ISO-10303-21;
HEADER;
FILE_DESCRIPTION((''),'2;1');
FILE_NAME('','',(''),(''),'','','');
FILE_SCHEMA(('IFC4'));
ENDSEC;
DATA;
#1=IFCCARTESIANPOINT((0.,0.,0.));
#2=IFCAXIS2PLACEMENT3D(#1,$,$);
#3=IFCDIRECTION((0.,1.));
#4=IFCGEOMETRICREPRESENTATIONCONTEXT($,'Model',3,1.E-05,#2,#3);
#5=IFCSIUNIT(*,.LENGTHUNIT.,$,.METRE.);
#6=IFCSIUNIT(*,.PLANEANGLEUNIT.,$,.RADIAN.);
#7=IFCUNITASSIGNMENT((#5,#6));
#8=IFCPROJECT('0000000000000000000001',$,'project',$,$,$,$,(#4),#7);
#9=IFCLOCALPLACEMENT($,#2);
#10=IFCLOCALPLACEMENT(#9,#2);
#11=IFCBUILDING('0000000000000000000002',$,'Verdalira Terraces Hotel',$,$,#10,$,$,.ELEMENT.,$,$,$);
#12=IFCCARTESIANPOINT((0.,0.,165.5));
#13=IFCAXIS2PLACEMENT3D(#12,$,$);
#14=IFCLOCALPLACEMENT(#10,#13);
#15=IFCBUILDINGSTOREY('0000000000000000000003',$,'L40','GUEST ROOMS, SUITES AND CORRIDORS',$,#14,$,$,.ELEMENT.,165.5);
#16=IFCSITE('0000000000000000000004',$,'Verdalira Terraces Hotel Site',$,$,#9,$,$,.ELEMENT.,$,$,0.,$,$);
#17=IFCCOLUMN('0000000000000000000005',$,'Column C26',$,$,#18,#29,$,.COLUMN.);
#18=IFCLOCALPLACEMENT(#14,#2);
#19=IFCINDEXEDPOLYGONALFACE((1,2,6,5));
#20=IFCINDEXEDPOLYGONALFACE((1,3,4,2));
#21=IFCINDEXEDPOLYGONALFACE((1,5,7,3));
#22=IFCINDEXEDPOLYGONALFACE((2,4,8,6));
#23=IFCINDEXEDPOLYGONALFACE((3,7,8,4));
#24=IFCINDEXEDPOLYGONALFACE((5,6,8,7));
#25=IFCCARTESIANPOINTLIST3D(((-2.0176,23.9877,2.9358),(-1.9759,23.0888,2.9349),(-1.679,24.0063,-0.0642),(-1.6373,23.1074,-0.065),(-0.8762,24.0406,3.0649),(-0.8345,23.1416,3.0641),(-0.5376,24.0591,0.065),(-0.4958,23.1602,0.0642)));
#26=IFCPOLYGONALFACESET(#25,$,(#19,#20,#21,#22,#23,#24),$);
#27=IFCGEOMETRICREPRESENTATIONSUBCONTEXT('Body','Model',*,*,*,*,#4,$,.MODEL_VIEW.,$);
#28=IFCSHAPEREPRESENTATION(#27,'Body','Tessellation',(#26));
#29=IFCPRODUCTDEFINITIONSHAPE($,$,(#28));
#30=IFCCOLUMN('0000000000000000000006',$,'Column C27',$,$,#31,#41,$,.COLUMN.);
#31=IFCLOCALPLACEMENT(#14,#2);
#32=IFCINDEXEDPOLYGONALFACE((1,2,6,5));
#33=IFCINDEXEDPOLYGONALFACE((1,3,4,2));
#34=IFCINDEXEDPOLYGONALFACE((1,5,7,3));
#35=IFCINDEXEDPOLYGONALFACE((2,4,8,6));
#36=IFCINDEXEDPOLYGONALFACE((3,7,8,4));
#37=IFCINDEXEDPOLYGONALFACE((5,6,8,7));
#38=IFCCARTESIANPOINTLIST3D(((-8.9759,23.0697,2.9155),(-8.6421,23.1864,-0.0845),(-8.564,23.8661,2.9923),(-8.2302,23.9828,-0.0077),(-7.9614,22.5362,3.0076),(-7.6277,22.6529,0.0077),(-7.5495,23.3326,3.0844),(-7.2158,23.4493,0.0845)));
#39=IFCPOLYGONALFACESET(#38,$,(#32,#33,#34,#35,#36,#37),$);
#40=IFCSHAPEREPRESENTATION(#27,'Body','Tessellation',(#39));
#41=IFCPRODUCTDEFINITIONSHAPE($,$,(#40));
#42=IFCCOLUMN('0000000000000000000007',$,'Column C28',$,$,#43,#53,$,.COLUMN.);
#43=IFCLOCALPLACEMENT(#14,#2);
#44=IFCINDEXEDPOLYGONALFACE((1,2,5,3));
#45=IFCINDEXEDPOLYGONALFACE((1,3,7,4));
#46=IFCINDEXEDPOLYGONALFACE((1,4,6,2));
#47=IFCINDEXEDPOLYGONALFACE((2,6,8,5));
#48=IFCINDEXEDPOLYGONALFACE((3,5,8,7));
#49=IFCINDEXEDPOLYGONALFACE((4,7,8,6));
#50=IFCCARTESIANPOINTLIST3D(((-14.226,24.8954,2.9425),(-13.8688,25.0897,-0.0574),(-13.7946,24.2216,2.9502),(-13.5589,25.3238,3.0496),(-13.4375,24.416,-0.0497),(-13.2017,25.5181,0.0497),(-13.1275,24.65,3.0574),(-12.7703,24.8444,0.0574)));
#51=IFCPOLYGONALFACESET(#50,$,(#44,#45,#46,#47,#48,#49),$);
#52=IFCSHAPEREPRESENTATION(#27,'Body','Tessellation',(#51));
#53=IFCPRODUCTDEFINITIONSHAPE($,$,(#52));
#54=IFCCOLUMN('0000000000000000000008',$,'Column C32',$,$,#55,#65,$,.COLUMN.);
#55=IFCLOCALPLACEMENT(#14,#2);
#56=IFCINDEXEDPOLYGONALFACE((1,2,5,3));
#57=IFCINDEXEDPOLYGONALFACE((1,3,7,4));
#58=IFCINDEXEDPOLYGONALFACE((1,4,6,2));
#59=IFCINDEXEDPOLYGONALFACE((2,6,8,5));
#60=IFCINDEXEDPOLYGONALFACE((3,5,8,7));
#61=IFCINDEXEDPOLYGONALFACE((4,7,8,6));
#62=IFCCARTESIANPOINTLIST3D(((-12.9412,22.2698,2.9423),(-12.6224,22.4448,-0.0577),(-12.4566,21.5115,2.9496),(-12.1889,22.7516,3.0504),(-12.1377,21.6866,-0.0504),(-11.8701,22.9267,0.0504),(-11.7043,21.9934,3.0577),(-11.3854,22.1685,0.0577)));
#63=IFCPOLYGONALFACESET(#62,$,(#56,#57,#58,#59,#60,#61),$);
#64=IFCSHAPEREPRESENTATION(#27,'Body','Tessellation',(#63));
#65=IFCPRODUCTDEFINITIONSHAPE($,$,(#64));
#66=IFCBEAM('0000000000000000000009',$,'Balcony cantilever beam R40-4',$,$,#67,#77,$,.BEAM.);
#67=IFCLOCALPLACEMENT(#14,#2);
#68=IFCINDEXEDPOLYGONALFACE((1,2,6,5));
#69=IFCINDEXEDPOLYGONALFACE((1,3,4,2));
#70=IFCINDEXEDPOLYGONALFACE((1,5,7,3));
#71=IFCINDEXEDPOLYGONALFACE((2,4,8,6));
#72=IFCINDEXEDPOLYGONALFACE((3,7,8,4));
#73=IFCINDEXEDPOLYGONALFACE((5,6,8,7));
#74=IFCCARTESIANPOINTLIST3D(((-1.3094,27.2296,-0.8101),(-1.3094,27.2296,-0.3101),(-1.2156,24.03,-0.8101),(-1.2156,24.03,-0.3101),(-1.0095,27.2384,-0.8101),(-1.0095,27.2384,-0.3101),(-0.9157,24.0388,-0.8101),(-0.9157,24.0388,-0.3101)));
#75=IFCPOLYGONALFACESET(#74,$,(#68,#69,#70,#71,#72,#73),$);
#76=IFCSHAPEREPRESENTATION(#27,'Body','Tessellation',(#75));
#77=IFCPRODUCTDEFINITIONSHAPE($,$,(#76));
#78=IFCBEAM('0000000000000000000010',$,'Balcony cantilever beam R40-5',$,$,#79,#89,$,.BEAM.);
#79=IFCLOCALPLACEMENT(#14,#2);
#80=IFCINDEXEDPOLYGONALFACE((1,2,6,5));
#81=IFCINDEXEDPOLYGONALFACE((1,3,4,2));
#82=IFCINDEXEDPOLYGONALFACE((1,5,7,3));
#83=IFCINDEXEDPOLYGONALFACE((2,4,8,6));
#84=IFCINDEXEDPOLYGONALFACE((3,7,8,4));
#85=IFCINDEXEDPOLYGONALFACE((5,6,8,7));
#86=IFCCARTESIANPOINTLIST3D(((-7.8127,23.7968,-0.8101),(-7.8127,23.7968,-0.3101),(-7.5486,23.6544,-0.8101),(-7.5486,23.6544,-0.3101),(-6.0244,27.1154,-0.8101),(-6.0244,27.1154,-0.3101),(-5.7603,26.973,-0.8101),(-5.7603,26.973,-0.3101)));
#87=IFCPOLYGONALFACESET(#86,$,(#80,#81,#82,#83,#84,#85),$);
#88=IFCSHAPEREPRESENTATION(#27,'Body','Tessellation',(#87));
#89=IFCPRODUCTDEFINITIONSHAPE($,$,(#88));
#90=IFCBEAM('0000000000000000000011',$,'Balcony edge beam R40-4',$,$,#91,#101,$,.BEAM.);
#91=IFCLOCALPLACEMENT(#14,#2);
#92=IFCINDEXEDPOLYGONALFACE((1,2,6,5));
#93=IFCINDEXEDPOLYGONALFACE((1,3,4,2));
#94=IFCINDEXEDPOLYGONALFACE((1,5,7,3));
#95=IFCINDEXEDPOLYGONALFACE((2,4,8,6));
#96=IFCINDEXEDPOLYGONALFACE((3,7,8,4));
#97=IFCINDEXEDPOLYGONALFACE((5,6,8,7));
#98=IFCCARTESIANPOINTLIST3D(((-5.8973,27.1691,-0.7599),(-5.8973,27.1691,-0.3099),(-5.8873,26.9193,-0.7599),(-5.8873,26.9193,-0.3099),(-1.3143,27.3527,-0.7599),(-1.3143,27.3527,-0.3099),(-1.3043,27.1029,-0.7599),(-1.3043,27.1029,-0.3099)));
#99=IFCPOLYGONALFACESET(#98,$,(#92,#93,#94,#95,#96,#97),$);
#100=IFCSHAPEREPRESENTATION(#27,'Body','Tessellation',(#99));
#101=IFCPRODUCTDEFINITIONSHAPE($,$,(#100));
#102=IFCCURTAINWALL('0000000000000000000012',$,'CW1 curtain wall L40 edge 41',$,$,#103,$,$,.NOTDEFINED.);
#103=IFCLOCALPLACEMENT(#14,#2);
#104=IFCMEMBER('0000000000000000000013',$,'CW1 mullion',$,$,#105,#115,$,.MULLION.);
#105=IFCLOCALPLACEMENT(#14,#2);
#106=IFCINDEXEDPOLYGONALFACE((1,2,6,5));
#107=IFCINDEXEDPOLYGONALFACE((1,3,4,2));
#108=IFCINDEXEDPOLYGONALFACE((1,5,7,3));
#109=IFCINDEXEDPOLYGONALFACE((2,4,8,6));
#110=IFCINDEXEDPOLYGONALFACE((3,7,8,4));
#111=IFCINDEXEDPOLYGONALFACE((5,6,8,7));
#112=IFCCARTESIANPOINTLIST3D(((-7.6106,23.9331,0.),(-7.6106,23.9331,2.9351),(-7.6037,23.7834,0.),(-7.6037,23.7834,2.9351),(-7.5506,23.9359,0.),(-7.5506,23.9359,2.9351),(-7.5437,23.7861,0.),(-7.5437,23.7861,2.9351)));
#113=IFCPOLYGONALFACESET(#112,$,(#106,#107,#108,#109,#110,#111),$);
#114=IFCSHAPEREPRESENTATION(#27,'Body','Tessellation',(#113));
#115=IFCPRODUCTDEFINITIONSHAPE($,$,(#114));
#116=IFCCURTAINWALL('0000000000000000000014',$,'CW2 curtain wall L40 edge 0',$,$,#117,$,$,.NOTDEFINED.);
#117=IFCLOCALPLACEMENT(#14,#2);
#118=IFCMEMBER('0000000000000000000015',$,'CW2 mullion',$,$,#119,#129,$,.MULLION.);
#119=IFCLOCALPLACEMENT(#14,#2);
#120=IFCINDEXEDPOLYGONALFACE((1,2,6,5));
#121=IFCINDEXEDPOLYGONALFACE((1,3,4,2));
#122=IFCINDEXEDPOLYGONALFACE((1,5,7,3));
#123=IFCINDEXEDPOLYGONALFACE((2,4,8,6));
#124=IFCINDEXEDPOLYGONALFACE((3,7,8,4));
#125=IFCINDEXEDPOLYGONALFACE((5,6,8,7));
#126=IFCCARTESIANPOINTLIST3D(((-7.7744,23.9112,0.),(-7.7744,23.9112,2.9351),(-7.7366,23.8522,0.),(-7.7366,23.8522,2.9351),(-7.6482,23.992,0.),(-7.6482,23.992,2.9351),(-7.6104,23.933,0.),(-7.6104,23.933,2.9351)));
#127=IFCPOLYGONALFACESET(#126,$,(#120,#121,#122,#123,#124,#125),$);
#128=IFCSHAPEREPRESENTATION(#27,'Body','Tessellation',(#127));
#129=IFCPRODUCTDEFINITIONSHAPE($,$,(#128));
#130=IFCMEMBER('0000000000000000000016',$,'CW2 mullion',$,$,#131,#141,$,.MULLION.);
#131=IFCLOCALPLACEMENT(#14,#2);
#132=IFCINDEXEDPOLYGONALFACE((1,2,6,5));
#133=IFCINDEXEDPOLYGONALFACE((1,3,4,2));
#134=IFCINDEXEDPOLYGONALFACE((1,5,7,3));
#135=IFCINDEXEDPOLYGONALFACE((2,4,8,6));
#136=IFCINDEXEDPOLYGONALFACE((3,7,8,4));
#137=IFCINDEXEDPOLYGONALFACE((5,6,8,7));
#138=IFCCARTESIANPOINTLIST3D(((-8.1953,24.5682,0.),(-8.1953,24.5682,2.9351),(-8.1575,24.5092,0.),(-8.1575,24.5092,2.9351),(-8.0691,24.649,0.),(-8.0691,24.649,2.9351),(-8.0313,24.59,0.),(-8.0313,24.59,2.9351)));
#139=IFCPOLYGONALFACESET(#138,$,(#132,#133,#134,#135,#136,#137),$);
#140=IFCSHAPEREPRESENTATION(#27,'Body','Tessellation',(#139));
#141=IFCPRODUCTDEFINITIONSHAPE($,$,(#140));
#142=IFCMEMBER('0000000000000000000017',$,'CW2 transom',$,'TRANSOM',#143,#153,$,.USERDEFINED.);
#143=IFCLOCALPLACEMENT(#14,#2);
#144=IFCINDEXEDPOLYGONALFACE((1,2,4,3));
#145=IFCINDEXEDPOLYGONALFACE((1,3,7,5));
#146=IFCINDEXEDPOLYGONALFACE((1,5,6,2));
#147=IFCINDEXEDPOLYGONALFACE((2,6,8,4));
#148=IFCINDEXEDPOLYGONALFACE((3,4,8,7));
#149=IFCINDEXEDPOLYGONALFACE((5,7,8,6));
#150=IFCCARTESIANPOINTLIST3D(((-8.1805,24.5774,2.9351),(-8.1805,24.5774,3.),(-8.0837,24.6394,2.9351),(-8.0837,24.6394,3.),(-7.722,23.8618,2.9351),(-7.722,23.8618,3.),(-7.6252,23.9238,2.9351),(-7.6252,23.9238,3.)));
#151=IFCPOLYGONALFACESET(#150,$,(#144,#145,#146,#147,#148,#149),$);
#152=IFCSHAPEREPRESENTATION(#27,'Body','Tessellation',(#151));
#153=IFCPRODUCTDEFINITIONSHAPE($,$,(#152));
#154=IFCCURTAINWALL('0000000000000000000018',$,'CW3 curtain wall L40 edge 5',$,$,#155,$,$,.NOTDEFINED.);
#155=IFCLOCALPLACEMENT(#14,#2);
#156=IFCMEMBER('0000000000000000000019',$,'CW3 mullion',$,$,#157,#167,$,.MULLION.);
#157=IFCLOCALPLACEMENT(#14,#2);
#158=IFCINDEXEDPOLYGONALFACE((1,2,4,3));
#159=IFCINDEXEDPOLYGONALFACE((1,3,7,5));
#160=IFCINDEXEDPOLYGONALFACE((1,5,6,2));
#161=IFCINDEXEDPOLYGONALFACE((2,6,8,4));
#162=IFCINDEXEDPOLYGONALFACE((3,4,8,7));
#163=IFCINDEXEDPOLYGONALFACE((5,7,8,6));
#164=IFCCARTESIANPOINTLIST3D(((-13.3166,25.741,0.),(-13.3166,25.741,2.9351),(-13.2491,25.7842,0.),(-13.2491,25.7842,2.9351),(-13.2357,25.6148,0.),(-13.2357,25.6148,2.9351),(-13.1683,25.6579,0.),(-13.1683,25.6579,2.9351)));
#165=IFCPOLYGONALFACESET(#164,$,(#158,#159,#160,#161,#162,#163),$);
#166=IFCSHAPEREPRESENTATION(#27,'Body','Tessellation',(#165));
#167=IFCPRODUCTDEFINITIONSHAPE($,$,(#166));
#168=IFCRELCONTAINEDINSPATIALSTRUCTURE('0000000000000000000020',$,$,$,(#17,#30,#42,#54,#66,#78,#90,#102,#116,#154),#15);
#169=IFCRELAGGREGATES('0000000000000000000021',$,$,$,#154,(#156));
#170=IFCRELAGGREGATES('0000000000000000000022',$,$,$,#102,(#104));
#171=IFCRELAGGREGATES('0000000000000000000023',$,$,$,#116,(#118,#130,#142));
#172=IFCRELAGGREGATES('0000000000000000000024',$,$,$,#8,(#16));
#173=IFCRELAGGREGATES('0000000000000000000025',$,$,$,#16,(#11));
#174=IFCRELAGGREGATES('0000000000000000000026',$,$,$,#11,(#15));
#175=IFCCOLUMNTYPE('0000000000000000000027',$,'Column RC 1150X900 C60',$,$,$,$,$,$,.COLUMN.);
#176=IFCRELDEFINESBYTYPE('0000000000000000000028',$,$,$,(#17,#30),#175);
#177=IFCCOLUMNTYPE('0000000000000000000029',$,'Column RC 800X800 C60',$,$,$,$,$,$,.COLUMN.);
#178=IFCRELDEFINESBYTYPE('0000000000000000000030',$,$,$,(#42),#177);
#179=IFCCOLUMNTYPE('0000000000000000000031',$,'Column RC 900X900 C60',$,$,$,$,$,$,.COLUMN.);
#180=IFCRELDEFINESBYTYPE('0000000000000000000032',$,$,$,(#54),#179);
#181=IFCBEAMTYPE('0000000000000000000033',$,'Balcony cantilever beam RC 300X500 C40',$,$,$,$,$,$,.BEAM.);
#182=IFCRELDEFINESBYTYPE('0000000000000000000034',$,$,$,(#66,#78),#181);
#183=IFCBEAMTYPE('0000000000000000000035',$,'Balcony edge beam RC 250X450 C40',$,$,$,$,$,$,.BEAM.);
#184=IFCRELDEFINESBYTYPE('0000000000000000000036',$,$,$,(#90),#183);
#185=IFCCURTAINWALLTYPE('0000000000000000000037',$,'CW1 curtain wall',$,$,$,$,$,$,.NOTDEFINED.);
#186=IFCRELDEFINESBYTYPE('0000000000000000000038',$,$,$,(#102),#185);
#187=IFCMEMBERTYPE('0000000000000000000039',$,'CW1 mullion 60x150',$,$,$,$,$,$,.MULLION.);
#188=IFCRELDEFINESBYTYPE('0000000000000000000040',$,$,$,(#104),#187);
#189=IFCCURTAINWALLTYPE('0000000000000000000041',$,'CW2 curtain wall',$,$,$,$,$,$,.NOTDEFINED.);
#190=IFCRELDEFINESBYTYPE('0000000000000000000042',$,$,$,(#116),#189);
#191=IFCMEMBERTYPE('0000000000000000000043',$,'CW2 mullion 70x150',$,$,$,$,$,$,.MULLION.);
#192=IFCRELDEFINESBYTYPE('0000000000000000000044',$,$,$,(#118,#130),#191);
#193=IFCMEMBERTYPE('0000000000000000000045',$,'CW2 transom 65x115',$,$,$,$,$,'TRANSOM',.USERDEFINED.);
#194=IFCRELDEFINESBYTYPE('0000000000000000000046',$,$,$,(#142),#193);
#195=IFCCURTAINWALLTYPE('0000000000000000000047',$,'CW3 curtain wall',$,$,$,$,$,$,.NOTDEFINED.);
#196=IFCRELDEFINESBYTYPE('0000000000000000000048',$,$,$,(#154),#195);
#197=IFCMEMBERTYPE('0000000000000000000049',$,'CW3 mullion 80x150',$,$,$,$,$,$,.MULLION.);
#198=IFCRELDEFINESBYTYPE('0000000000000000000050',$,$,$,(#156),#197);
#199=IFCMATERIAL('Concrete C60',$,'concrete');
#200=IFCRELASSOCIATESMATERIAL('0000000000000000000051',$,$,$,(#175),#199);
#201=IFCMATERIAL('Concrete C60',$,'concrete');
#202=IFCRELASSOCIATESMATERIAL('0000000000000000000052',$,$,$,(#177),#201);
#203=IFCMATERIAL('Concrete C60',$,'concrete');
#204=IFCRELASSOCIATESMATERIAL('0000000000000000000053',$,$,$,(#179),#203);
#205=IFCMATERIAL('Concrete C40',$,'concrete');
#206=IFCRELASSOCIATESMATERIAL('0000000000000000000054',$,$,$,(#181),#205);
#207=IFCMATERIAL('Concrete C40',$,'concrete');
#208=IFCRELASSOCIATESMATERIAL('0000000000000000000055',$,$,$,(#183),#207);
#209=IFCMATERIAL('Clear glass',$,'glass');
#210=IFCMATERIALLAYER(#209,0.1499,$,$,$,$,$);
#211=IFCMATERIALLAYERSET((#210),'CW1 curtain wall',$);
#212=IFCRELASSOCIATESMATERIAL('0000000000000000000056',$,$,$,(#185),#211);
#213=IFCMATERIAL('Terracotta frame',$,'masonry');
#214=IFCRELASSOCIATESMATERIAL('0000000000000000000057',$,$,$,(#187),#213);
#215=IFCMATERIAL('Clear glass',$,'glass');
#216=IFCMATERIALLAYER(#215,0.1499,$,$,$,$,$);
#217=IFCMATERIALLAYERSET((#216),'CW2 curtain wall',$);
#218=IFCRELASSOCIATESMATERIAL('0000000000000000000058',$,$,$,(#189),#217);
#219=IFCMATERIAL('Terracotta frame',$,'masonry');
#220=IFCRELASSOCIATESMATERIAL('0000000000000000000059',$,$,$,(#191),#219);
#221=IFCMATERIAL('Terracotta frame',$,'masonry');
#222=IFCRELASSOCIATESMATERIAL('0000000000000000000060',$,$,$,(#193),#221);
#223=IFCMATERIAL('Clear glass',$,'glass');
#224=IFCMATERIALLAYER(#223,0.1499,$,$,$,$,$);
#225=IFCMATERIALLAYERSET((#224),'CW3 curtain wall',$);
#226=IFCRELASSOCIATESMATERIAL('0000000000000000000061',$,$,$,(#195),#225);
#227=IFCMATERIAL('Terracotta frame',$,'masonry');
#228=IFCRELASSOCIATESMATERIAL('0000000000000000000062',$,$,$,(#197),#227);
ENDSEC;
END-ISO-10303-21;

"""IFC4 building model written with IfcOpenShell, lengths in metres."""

from ifc_helpers import new_model, si_unit, direction, frame, origin, origin_2d, place, context, subcontext, project, spatial, rectangle, extrude, material, layer, layer_set, material_profile, profile_set, type_object, element, aggregate, save


model = new_model("IFC4")

# Units and contexts
model_context = context("Model", 3, precision=1e-05, world=origin(), true_north=direction((0.0, 1.0)))
body_context = subcontext(model_context, "Body", "Model", "MODEL_VIEW")
ifc_project = project(units=[si_unit("LENGTHUNIT", "METRE"), si_unit("PLANEANGLEUNIT", "RADIAN")], contexts=[model_context])

# Site, building, storey
site_placement = place(None, origin())
site = spatial("IfcSite", under=ifc_project, at=site_placement, Name="Verdalira Terraces Hotel Site", CompositionType="ELEMENT", RefElevation=0.0)
building_placement = place(site_placement, origin())
building = spatial("IfcBuilding", under=site, at=building_placement, Name="Verdalira Terraces Hotel", CompositionType="ELEMENT")
storey_placement = place(building_placement, frame((0.0, 0.0, 165.5)))
storey = spatial("IfcBuildingStorey", under=building, at=storey_placement, Name="L40", Description="GUEST ROOMS, SUITES AND CORRIDORS", CompositionType="ELEMENT", Elevation=165.5)

# Columns
ifc_material_1 = material(Name="Concrete C60", Category="concrete")
ifc_material_profile_1 = material_profile(ifc_material_1, rectangle(XDim=1.1499, YDim=0.8999, at=origin_2d()), Name="RC 1150X900")
ifc_profile_set_1 = profile_set([ifc_material_profile_1], Name="Concrete C60")
column_type_1 = type_object("IfcColumnType", Name="Column RC 1150X900 C60", PredefinedType="COLUMN", material=ifc_profile_set_1)
column_1_placement = place(storey_placement, frame((-1.0874, 23.5833, 0.0), z_axis=(-0.11216, -0.006146, 0.993671), x_axis=(-0.992609, -0.045945, -0.112324)))
element("IfcColumn", 1, at=column_1_placement, inside=storey, type_object=column_type_1, Name="Column C26", PredefinedType="COLUMN", context=body_context, shape_type="SweptSolid", body=[
    extrude(rectangle(XDim=1.1499, YDim=0.8999, at=origin_2d()), origin(), (0.0, 0.0, 1.0), 3.019),
])
column_2_placement = place(storey_placement, frame((-7.929, 23.3179, 0.0), z_axis=(-0.110482, -0.038632, 0.993127), x_axis=(0.882217, -0.46398, 0.080095)))
element("IfcColumn", 2, at=column_2_placement, inside=storey, type_object=column_type_1, Name="Column C27", PredefinedType="COLUMN", context=body_context, shape_type="SweptSolid", body=[
    extrude(rectangle(XDim=1.1499, YDim=0.8999, at=origin_2d()), origin(), (0.0, 0.0, 1.0), 3.0208),
])
ifc_material_2 = material(Name="Concrete C60", Category="concrete")
ifc_material_profile_2 = material_profile(ifc_material_2, rectangle(XDim=0.8, YDim=0.8, at=origin_2d()), Name="RC 800X800")
ifc_profile_set_2 = profile_set([ifc_material_profile_2], Name="Concrete C60")
column_type_2 = type_object("IfcColumnType", Name="Column RC 800X800 C60", PredefinedType="COLUMN", material=ifc_profile_set_2)
column_3_placement = place(storey_placement, frame((-13.3196, 24.967, 0.0), z_axis=(-0.11798, -0.064192, 0.990939), x_axis=(-0.833877, -0.535446, -0.133966)))
element("IfcColumn", 3, at=column_3_placement, inside=storey, type_object=column_type_2, Name="Column C28", PredefinedType="COLUMN", context=body_context, shape_type="SweptSolid", body=[
    extrude(rectangle(XDim=0.8, YDim=0.8, at=origin_2d()), origin(), (0.0, 0.0, 1.0), 3.0273),
])
ifc_material_3 = material(Name="Concrete C60", Category="concrete")
ifc_material_profile_3 = material_profile(ifc_material_3, rectangle(XDim=0.8999, YDim=0.8999, at=origin_2d()), Name="RC 900X900")
ifc_profile_set_3 = profile_set([ifc_material_profile_3], Name="Concrete C60")
column_type_3 = type_object("IfcColumnType", Name="Column RC 900X900 C60", PredefinedType="COLUMN", material=ifc_profile_set_3)
column_4_placement = place(storey_placement, frame((-12.0039, 22.3066, 0.0), z_axis=(-0.10551, -0.057925, 0.99273), x_axis=(-0.538536, 0.842564, -0.008074)))
element("IfcColumn", 4, at=column_4_placement, inside=storey, type_object=column_type_3, Name="Column C32", PredefinedType="COLUMN", context=body_context, shape_type="SweptSolid", body=[
    extrude(rectangle(XDim=0.8999, YDim=0.8999, at=origin_2d()), origin(), (0.0, 0.0, 1.0), 3.022),
])

# Beams
ifc_material_4 = material(Name="Concrete C40", Category="concrete")
ifc_material_profile_4 = material_profile(ifc_material_4, rectangle(XDim=0.3, YDim=0.5, at=origin_2d()), Name="RC 300X500")
ifc_profile_set_4 = profile_set([ifc_material_profile_4], Name="Concrete C40")
beam_type_1 = type_object("IfcBeamType", Name="Balcony cantilever beam RC 300X500 C40", PredefinedType="BEAM", material=ifc_profile_set_4)
beam_1_placement = place(storey_placement, frame((-1.0657, 24.0344, -0.5601), z_axis=(-0.029289, 0.999571, 0.0), x_axis=(-0.999571, -0.029289, 0.0)))
element("IfcBeam", 5, at=beam_1_placement, inside=storey, type_object=beam_type_1, Name="Balcony cantilever beam R40-4", PredefinedType="BEAM", context=body_context, shape_type="SweptSolid", body=[
    extrude(rectangle(XDim=0.3, YDim=0.5, at=origin_2d()), origin(), (0.0, 0.0, 1.0), 3.2009),
])
beam_2_placement = place(storey_placement, frame((-7.6807, 23.7256, -0.5601), z_axis=(0.474386, 0.880317, 0.0), x_axis=(-0.880317, 0.474386, 0.0)))
element("IfcBeam", 6, at=beam_2_placement, inside=storey, type_object=beam_type_1, Name="Balcony cantilever beam R40-5", PredefinedType="BEAM", context=body_context, shape_type="SweptSolid", body=[
    extrude(rectangle(XDim=0.3, YDim=0.5, at=origin_2d()), origin(), (0.0, 0.0, 1.0), 3.7698),
])
ifc_material_5 = material(Name="Concrete C40", Category="concrete")
ifc_material_profile_5 = material_profile(ifc_material_5, rectangle(XDim=0.25, YDim=0.45, at=origin_2d()), Name="RC 250X450")
ifc_profile_set_5 = profile_set([ifc_material_profile_5], Name="Concrete C40")
beam_type_2 = type_object("IfcBeamType", Name="Balcony edge beam RC 250X450 C40", PredefinedType="BEAM", material=ifc_profile_set_5)
beam_3_placement = place(storey_placement, frame((-1.3093, 27.2278, -0.5349), z_axis=(-0.999199, -0.040028, 0.0), x_axis=(0.040028, -0.999199, 0.0)))
element("IfcBeam", 7, at=beam_3_placement, inside=storey, type_object=beam_type_2, Name="Balcony edge beam R40-4", PredefinedType="BEAM", context=body_context, shape_type="SweptSolid", body=[
    extrude(rectangle(XDim=0.25, YDim=0.45, at=origin_2d()), origin(), (0.0, 0.0, 1.0), 4.5867),
])

# Curtain wall, member
ifc_material_6 = material(Name="Clear glass", Category="glass")
ifc_layer_1 = layer(ifc_material_6, 0.1499)
ifc_layer_set_1 = layer_set([ifc_layer_1], Name="CW1 curtain wall")
curtain_wall_type_1 = type_object("IfcCurtainWallType", Name="CW1 curtain wall", PredefinedType="NOTDEFINED", material=ifc_layer_set_1)
curtain_wall_1_placement = place(storey_placement, origin())
curtain_wall_1 = element("IfcCurtainWall", 8, at=curtain_wall_1_placement, inside=storey, type_object=curtain_wall_type_1, Name="CW1 curtain wall L40 edge 41", PredefinedType="NOTDEFINED")
ifc_material_7 = material(Name="Terracotta frame", Category="masonry")
ifc_material_profile_6 = material_profile(ifc_material_7, rectangle(XDim=0.0601, YDim=0.1499, at=origin_2d()), Name="MU 60x150")
ifc_profile_set_6 = profile_set([ifc_material_profile_6], Name="Terracotta frame")
member_type_1 = type_object("IfcMemberType", Name="CW1 mullion 60x150", PredefinedType="MULLION", material=ifc_profile_set_6)
member_1_placement = place(storey_placement, frame((-7.5771, 23.8596, 0.0), z_axis=(0.0, 0.0, 1.0), x_axis=(-0.998939, -0.04606, 0.0)))
member_1 = element("IfcMember", 9, at=member_1_placement, type_object=member_type_1, Name="CW1 mullion", PredefinedType="MULLION", context=body_context, shape_type="SweptSolid", body=[
    extrude(rectangle(XDim=0.0601, YDim=0.1499, at=origin_2d()), origin(), (0.0, 0.0, 1.0), 2.9351),
])

# Curtain walls, members
ifc_material_8 = material(Name="Clear glass", Category="glass")
ifc_layer_2 = layer(ifc_material_8, 0.1499)
ifc_layer_set_2 = layer_set([ifc_layer_2], Name="CW2 curtain wall")
curtain_wall_type_2 = type_object("IfcCurtainWallType", Name="CW2 curtain wall", PredefinedType="NOTDEFINED", material=ifc_layer_set_2)
curtain_wall_2_placement = place(storey_placement, origin())
curtain_wall_2 = element("IfcCurtainWall", 10, at=curtain_wall_2_placement, inside=storey, type_object=curtain_wall_type_2, Name="CW2 curtain wall L40 edge 0", PredefinedType="NOTDEFINED")
ifc_material_9 = material(Name="Terracotta frame", Category="masonry")
ifc_material_profile_7 = material_profile(ifc_material_9, rectangle(XDim=0.0701, YDim=0.1499, at=origin_2d()), Name="MU 70x150")
ifc_profile_set_7 = profile_set([ifc_material_profile_7], Name="Terracotta frame")
member_type_2 = type_object("IfcMemberType", Name="CW2 mullion 70x150", PredefinedType="MULLION", material=ifc_profile_set_7)
member_2_placement = place(storey_placement, frame((-7.6924, 23.9221, 0.0), z_axis=(0.0, 0.0, 1.0), x_axis=(-0.539359, 0.842076, 0.0)))
member_2 = element("IfcMember", 11, at=member_2_placement, type_object=member_type_2, Name="CW2 mullion", PredefinedType="MULLION", context=body_context, shape_type="SweptSolid", body=[
    extrude(rectangle(XDim=0.0701, YDim=0.1499, at=origin_2d()), origin(), (0.0, 0.0, 1.0), 2.9351),
])
member_3_placement = place(storey_placement, frame((-8.1133, 24.5791, 0.0), z_axis=(0.0, 0.0, 1.0), x_axis=(-0.539359, 0.842076, 0.0)))
member_3 = element("IfcMember", 12, at=member_3_placement, type_object=member_type_2, Name="CW2 mullion", PredefinedType="MULLION", context=body_context, shape_type="SweptSolid", body=[
    extrude(rectangle(XDim=0.0701, YDim=0.1499, at=origin_2d()), origin(), (0.0, 0.0, 1.0), 2.9351),
])
ifc_material_10 = material(Name="Terracotta frame", Category="masonry")
ifc_material_profile_8 = material_profile(ifc_material_10, rectangle(XDim=0.115, YDim=0.0649, at=origin_2d()), Name="TR 65x115")
ifc_profile_set_8 = profile_set([ifc_material_profile_8], Name="Terracotta frame")
member_type_3 = type_object("IfcMemberType", Name="CW2 transom 65x115", ElementType="TRANSOM", PredefinedType="USERDEFINED", material=ifc_profile_set_8)
member_4_placement = place(storey_placement, frame((-7.6736, 23.8928, 2.9675), z_axis=(-0.539494, 0.84199, 0.0), x_axis=(-0.84199, -0.539494, 0.0)))
member_4 = element("IfcMember", 13, at=member_4_placement, type_object=member_type_3, Name="CW2 transom", ObjectType="TRANSOM", PredefinedType="USERDEFINED", context=body_context, shape_type="SweptSolid", body=[
    extrude(rectangle(XDim=0.115, YDim=0.0649, at=origin_2d()), origin(), (0.0, 0.0, 1.0), 0.8499),
])
ifc_material_11 = material(Name="Clear glass", Category="glass")
ifc_layer_3 = layer(ifc_material_11, 0.1499)
ifc_layer_set_3 = layer_set([ifc_layer_3], Name="CW3 curtain wall")
curtain_wall_type_3 = type_object("IfcCurtainWallType", Name="CW3 curtain wall", PredefinedType="NOTDEFINED", material=ifc_layer_set_3)
curtain_wall_3_placement = place(storey_placement, origin())
curtain_wall_3 = element("IfcCurtainWall", 14, at=curtain_wall_3_placement, inside=storey, type_object=curtain_wall_type_3, Name="CW3 curtain wall L40 edge 5", PredefinedType="NOTDEFINED")
ifc_material_12 = material(Name="Terracotta frame", Category="masonry")
ifc_material_profile_9 = material_profile(ifc_material_12, rectangle(XDim=0.0801, YDim=0.1499, at=origin_2d()), Name="MU 80x150")
ifc_profile_set_9 = profile_set([ifc_material_profile_9], Name="Terracotta frame")
member_type_4 = type_object("IfcMemberType", Name="CW3 mullion 80x150", PredefinedType="MULLION", material=ifc_profile_set_9)
member_5_placement = place(storey_placement, frame((-13.2424, 25.6995, 0.0), z_axis=(0.0, 0.0, 1.0), x_axis=(-0.842076, -0.539359, 0.0)))
member_5 = element("IfcMember", 15, at=member_5_placement, type_object=member_type_4, Name="CW3 mullion", PredefinedType="MULLION", context=body_context, shape_type="SweptSolid", body=[
    extrude(rectangle(XDim=0.0801, YDim=0.1499, at=origin_2d()), origin(), (0.0, 0.0, 1.0), 2.9351),
])
aggregate(curtain_wall_3, [member_5])

aggregate(curtain_wall_1, [member_1])
aggregate(curtain_wall_2, [member_2, member_3, member_4])

save(model, "model.ifc")
